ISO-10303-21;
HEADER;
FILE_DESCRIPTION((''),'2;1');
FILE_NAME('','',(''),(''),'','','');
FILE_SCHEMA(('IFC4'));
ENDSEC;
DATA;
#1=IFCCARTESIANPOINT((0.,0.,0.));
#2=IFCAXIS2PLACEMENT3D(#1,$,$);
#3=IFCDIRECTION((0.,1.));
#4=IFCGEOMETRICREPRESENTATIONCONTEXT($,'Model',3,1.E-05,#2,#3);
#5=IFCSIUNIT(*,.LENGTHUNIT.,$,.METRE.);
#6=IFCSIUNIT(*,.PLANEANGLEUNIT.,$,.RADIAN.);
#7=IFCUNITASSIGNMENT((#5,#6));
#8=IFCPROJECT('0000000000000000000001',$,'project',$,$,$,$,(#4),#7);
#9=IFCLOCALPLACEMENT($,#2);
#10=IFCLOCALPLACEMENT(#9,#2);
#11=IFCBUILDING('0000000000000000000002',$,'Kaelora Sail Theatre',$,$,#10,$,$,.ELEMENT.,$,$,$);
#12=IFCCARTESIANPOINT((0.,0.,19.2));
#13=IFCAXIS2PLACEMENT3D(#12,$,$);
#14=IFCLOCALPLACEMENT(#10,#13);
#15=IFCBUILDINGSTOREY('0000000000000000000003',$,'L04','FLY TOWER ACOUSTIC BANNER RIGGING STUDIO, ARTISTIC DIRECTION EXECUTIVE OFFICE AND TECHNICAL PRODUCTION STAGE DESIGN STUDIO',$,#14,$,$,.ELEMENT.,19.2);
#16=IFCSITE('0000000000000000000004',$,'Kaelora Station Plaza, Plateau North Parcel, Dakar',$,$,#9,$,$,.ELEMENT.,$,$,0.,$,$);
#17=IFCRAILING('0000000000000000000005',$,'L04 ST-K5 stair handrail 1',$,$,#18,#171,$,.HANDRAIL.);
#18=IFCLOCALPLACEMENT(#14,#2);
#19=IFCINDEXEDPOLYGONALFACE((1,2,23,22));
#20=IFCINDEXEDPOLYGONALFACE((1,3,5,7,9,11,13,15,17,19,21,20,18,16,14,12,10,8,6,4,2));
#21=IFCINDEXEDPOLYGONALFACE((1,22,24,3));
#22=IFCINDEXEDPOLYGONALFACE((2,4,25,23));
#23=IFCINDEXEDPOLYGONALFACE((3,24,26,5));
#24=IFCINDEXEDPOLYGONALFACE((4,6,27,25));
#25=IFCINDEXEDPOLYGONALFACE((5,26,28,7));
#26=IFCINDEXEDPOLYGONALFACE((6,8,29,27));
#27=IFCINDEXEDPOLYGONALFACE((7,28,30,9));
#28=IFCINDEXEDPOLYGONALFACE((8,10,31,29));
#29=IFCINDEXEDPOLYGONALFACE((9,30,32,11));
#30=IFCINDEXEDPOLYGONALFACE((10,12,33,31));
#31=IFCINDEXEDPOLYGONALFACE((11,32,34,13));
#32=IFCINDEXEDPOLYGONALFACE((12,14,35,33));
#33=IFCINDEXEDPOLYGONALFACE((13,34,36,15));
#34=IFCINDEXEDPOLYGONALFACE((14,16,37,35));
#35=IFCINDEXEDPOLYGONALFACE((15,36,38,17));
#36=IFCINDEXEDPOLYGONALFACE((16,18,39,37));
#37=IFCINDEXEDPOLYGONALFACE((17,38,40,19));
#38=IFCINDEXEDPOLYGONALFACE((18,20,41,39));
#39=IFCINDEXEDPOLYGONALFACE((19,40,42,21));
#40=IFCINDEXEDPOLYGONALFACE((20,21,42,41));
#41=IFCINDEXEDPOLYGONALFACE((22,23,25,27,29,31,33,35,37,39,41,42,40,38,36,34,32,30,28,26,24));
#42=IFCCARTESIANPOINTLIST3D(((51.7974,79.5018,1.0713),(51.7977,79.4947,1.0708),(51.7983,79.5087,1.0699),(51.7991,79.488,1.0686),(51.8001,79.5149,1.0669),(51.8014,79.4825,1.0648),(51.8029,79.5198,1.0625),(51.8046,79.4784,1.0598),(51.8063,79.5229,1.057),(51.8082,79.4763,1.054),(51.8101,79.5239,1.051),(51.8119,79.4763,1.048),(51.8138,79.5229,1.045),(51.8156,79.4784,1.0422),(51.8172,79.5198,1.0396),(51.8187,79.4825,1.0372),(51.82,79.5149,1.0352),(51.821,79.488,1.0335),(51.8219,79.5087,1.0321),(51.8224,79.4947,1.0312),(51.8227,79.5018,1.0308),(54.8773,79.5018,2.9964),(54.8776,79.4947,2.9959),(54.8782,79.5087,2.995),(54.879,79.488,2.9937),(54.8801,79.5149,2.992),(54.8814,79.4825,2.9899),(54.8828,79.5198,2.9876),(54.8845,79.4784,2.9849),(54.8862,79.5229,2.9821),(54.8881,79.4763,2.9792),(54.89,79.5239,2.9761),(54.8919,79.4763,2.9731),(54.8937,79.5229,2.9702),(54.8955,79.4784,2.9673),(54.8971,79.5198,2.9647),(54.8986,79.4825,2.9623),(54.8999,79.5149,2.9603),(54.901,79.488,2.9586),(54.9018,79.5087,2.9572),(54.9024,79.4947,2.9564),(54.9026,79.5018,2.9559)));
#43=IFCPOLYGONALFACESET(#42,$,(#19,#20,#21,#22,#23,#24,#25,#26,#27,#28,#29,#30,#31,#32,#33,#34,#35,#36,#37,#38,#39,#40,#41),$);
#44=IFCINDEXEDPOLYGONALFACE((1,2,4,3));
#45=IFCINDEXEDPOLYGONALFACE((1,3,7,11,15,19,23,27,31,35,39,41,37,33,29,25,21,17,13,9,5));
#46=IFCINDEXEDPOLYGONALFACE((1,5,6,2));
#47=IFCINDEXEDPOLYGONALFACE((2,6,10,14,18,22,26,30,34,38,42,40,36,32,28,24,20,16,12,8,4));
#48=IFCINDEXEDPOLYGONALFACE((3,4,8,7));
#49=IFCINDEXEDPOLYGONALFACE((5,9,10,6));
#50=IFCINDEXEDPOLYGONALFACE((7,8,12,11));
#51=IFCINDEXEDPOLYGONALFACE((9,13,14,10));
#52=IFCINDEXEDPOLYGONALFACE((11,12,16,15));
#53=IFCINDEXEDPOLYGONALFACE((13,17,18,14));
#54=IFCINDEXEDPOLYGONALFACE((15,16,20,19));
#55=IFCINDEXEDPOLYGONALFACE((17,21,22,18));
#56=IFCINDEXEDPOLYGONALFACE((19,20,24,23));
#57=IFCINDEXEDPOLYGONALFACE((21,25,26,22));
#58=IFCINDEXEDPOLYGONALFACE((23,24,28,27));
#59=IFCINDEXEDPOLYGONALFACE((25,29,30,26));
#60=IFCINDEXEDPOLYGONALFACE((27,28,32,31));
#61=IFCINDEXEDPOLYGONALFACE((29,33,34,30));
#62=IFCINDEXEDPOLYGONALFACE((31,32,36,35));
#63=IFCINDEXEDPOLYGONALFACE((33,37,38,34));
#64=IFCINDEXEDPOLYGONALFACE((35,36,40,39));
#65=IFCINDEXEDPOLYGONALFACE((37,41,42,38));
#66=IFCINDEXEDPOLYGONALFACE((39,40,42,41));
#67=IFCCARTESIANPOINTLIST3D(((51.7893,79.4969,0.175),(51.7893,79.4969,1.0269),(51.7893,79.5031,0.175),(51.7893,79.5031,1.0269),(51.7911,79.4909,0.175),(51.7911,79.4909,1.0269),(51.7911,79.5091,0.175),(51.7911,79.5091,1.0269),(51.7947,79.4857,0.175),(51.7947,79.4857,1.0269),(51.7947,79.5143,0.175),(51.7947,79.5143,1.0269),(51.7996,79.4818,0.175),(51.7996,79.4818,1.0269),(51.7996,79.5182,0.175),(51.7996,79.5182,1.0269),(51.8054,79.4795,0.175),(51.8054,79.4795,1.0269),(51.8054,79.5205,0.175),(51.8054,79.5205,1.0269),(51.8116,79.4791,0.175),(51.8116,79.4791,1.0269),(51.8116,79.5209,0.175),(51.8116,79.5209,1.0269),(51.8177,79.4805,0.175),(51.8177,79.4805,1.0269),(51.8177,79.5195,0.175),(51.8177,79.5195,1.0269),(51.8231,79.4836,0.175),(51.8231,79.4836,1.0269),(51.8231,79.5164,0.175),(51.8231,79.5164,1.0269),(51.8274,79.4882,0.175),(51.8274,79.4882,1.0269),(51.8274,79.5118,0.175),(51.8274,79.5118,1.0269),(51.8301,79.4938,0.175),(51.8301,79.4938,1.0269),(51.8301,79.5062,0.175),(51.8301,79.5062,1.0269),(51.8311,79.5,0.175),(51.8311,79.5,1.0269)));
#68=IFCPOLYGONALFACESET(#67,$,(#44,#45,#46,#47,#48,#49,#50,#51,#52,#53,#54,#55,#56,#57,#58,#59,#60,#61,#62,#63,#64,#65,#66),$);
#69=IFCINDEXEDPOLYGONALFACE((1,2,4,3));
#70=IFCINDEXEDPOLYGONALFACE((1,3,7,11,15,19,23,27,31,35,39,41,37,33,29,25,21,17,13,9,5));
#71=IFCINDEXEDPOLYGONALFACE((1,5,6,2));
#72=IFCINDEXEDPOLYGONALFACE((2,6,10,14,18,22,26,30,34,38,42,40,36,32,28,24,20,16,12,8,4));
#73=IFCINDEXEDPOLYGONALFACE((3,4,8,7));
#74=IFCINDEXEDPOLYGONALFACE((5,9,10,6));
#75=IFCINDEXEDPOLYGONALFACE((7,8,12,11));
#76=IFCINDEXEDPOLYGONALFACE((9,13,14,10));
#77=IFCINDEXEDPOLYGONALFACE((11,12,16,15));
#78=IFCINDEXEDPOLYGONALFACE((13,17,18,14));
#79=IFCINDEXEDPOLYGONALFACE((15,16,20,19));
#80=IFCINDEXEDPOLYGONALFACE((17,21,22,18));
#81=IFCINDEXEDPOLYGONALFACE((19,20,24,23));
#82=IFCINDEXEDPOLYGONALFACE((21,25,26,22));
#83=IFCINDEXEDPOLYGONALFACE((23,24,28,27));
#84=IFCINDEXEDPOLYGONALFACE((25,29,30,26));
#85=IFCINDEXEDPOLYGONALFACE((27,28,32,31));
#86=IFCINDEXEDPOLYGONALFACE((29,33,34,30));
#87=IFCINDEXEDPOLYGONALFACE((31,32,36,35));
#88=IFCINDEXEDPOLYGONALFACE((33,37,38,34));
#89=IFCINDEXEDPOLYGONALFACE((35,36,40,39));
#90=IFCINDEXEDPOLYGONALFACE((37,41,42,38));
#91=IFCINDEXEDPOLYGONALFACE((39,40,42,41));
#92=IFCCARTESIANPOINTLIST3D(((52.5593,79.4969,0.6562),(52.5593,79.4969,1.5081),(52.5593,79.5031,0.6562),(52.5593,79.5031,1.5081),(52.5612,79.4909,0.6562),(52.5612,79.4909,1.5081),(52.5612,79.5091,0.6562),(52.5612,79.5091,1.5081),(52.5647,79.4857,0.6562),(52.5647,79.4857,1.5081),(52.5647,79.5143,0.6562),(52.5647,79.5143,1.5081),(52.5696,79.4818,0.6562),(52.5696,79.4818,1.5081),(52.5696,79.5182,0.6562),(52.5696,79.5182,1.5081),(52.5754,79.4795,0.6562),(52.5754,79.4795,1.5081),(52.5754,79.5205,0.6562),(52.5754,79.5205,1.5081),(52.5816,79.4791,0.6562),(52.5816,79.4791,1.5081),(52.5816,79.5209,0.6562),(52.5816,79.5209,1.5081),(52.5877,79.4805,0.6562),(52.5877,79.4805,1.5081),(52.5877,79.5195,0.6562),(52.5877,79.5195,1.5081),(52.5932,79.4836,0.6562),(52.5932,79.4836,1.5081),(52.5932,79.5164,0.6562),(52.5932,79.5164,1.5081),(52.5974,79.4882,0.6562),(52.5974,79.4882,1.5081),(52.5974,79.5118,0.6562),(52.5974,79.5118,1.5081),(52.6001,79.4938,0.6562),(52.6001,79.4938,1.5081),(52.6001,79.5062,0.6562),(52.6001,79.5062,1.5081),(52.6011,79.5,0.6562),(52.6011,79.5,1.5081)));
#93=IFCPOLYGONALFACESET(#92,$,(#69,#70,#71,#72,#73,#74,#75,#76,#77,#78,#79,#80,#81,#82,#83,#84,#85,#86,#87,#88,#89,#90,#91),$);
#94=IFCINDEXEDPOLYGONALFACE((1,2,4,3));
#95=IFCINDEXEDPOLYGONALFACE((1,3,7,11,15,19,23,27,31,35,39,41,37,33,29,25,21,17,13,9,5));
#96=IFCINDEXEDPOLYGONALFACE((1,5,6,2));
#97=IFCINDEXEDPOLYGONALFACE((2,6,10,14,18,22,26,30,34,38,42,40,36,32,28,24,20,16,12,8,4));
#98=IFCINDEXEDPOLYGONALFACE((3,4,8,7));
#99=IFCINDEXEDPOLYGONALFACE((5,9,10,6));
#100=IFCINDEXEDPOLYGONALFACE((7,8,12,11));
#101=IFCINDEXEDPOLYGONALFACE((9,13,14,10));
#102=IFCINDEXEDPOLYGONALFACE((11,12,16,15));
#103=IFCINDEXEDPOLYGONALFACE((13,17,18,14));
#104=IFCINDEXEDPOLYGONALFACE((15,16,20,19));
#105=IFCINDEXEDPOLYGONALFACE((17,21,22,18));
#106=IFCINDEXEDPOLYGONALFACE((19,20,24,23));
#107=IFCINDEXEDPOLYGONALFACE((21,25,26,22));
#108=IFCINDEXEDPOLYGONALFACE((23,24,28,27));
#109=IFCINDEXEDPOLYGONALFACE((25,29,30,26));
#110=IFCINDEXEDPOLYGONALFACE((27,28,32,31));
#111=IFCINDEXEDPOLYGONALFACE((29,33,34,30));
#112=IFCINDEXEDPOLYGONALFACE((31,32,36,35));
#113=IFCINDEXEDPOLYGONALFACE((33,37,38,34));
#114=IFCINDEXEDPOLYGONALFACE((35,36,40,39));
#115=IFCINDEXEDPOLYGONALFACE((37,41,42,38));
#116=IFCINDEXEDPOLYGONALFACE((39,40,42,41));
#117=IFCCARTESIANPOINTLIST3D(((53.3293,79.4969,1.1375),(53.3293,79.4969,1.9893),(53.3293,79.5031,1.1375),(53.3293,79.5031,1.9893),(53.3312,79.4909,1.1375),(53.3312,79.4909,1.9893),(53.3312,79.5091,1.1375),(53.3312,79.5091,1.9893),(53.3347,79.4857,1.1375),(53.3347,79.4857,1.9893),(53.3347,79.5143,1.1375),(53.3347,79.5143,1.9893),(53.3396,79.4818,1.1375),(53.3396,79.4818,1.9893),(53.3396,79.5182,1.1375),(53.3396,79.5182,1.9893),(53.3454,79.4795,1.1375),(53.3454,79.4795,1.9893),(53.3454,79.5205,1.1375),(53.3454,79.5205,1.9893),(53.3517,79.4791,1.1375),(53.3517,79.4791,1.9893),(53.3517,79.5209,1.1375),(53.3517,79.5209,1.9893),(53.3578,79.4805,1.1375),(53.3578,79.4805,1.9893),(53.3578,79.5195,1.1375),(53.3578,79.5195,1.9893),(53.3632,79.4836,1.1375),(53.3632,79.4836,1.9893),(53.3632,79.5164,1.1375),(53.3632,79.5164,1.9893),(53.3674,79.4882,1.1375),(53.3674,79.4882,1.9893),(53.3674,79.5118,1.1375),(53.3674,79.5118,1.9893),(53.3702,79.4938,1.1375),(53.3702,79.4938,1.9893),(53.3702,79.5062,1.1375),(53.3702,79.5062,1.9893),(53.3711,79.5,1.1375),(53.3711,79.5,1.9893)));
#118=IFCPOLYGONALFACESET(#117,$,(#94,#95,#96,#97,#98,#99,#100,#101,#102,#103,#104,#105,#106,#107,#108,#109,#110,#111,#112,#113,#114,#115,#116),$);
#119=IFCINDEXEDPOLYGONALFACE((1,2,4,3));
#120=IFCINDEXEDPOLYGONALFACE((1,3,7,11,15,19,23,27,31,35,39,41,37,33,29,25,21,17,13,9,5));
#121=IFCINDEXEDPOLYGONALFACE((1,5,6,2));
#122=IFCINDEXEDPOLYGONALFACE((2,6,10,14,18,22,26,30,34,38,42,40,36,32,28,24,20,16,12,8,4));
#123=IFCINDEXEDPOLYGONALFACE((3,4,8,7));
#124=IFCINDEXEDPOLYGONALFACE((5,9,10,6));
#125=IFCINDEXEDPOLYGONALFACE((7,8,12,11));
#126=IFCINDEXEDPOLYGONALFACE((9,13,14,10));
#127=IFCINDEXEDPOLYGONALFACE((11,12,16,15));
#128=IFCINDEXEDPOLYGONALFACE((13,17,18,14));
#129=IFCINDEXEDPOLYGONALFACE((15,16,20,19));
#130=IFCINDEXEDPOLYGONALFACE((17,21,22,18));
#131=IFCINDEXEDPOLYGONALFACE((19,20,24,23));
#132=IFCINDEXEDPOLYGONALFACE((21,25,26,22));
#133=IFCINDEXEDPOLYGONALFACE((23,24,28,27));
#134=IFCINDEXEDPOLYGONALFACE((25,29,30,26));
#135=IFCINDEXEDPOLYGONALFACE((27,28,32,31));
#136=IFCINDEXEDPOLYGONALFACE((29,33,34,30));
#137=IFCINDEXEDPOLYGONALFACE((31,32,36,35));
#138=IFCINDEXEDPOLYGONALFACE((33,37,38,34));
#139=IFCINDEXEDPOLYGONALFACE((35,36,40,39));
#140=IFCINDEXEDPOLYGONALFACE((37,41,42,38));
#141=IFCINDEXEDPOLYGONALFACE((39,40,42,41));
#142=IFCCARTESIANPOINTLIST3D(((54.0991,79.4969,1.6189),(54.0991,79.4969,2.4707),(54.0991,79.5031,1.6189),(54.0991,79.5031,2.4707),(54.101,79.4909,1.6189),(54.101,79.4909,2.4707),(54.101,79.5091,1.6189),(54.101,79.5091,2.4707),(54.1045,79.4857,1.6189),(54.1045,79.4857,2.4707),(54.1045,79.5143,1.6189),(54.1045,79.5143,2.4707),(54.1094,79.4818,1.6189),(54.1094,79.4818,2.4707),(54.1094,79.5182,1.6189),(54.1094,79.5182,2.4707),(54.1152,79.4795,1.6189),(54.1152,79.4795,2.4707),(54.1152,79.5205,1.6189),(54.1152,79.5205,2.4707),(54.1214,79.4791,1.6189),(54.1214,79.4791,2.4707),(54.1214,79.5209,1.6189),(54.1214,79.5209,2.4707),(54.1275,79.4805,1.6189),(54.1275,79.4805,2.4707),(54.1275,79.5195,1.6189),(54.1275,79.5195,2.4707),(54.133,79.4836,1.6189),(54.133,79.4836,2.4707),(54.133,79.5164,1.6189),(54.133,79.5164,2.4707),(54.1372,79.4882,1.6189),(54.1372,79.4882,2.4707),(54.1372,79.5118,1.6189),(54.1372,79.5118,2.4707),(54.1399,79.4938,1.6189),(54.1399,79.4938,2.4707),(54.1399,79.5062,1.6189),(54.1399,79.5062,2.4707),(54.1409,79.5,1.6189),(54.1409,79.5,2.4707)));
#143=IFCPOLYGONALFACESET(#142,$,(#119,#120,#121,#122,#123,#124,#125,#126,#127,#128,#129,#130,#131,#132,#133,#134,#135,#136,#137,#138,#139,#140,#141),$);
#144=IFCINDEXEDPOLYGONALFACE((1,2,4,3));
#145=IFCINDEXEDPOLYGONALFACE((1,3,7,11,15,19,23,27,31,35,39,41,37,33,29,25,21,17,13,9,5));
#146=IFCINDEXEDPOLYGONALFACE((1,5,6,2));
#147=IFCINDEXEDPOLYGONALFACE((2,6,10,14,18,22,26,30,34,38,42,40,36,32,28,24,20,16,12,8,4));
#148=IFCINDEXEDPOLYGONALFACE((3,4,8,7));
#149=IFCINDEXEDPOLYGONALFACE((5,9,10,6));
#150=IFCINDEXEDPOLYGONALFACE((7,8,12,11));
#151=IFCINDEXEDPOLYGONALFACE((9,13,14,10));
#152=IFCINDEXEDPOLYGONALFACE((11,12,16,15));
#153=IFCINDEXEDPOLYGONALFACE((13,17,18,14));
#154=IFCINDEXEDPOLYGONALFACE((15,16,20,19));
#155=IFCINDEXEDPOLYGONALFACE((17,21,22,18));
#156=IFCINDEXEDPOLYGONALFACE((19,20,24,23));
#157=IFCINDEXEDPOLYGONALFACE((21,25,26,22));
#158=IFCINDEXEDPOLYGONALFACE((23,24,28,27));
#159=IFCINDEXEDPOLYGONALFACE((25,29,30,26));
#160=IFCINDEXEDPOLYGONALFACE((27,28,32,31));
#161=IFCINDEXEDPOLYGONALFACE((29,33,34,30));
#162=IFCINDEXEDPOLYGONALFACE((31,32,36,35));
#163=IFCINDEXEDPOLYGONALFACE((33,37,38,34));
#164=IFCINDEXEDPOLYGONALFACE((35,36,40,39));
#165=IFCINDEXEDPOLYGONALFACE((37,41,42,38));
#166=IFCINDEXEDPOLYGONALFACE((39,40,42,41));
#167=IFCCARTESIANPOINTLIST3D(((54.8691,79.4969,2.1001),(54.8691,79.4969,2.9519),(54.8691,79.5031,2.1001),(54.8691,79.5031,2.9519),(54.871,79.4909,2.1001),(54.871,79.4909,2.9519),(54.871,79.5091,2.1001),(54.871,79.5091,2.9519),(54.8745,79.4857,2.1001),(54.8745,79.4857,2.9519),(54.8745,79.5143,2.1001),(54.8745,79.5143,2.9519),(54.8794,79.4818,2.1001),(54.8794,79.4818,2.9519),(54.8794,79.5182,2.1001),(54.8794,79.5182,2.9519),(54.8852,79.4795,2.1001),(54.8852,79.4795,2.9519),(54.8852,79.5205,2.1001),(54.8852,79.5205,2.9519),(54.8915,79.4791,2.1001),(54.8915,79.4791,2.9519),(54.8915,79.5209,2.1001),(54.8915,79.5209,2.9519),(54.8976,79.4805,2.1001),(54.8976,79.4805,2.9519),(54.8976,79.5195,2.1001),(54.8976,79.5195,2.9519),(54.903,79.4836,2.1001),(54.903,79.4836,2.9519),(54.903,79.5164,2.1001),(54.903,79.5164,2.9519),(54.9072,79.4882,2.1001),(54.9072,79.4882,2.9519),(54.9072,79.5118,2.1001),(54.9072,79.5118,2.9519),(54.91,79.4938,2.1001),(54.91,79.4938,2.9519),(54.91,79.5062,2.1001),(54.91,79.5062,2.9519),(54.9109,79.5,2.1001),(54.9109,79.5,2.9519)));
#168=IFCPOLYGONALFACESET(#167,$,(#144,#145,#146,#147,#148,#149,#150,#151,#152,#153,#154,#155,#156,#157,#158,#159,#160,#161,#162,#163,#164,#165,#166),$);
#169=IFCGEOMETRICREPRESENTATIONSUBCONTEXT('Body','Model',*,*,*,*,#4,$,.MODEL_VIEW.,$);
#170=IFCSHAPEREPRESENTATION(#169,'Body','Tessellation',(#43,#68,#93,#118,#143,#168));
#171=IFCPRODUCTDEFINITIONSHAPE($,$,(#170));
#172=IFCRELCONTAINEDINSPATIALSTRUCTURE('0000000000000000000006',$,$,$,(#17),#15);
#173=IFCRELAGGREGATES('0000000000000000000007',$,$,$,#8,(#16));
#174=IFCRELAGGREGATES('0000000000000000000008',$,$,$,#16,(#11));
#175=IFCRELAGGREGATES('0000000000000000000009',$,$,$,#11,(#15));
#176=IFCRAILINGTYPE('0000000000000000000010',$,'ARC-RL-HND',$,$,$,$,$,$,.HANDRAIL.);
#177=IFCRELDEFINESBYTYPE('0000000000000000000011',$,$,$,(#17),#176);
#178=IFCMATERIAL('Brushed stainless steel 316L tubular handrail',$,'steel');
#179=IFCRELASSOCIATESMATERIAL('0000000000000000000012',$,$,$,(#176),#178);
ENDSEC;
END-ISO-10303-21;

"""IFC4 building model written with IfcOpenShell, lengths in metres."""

from ifc_helpers import new_model, si_unit, direction, frame, origin, origin_2d, place, context, subcontext, project, spatial, circle, extrude, material, type_object, element, save


model = new_model("IFC4")

# Units and contexts
model_context = context("Model", 3, precision=1e-05, world=origin(), true_north=direction((0.0, 1.0)))
body_context = subcontext(model_context, "Body", "Model", "MODEL_VIEW")
ifc_project = project(units=[si_unit("LENGTHUNIT", "METRE"), si_unit("PLANEANGLEUNIT", "RADIAN")], contexts=[model_context])

# Site, building, storey
site_placement = place(None, origin())
site = spatial("IfcSite", under=ifc_project, at=site_placement, Name="Kaelora Station Plaza, Plateau North Parcel, Dakar", CompositionType="ELEMENT", RefElevation=0.0)
building_placement = place(site_placement, origin())
building = spatial("IfcBuilding", under=site, at=building_placement, Name="Kaelora Sail Theatre", CompositionType="ELEMENT")
storey_placement = place(building_placement, frame((0.0, 0.0, 19.2)))
storey = spatial("IfcBuildingStorey", under=building, at=storey_placement, Name="L04", Description="FLY TOWER ACOUSTIC BANNER RIGGING STUDIO, ARTISTIC DIRECTION EXECUTIVE OFFICE AND TECHNICAL PRODUCTION STAGE DESIGN STUDIO", CompositionType="ELEMENT", Elevation=19.2)

# Railing
ifc_material_1 = material(Name="Brushed stainless steel 316L tubular handrail", Category="steel")
railing_type = type_object("IfcRailingType", Name="ARC-RL-HND", PredefinedType="HANDRAIL", material=ifc_material_1)
railing_placement = place(storey_placement, frame((51.8101, 79.5, 0.175)))
element("IfcRailing", 1, at=railing_placement, inside=storey, type_object=railing_type, Name="L04 ST-K5 stair handrail 1", PredefinedType="HANDRAIL", context=body_context, shape_type="SweptSolid", body=[
    extrude(circle(Radius=0.0239, at=origin_2d()), frame((0.0, 0.0, 0.876), z_axis=(0.847979, 0.0, 0.530029), x_axis=(0.0, 1.0, 0.0)), (0.0, 0.0, 1.0), 3.6321),
    extrude(circle(Radius=0.021, at=origin_2d()), origin(), (0.0, 0.0, 1.0), 0.8518),
    extrude(circle(Radius=0.021, at=origin_2d()), frame((0.77, 0.0, 0.4812)), (0.0, 0.0, 1.0), 0.8518),
    extrude(circle(Radius=0.021, at=origin_2d()), frame((1.54, 0.0, 0.9624)), (0.0, 0.0, 1.0), 0.8518),
    extrude(circle(Radius=0.021, at=origin_2d()), frame((2.3098, 0.0, 1.4438)), (0.0, 0.0, 1.0), 0.8518),
    extrude(circle(Radius=0.021, at=origin_2d()), frame((3.0798, 0.0, 1.925)), (0.0, 0.0, 1.0), 0.8518),
])

save(model, "model.ifc")
